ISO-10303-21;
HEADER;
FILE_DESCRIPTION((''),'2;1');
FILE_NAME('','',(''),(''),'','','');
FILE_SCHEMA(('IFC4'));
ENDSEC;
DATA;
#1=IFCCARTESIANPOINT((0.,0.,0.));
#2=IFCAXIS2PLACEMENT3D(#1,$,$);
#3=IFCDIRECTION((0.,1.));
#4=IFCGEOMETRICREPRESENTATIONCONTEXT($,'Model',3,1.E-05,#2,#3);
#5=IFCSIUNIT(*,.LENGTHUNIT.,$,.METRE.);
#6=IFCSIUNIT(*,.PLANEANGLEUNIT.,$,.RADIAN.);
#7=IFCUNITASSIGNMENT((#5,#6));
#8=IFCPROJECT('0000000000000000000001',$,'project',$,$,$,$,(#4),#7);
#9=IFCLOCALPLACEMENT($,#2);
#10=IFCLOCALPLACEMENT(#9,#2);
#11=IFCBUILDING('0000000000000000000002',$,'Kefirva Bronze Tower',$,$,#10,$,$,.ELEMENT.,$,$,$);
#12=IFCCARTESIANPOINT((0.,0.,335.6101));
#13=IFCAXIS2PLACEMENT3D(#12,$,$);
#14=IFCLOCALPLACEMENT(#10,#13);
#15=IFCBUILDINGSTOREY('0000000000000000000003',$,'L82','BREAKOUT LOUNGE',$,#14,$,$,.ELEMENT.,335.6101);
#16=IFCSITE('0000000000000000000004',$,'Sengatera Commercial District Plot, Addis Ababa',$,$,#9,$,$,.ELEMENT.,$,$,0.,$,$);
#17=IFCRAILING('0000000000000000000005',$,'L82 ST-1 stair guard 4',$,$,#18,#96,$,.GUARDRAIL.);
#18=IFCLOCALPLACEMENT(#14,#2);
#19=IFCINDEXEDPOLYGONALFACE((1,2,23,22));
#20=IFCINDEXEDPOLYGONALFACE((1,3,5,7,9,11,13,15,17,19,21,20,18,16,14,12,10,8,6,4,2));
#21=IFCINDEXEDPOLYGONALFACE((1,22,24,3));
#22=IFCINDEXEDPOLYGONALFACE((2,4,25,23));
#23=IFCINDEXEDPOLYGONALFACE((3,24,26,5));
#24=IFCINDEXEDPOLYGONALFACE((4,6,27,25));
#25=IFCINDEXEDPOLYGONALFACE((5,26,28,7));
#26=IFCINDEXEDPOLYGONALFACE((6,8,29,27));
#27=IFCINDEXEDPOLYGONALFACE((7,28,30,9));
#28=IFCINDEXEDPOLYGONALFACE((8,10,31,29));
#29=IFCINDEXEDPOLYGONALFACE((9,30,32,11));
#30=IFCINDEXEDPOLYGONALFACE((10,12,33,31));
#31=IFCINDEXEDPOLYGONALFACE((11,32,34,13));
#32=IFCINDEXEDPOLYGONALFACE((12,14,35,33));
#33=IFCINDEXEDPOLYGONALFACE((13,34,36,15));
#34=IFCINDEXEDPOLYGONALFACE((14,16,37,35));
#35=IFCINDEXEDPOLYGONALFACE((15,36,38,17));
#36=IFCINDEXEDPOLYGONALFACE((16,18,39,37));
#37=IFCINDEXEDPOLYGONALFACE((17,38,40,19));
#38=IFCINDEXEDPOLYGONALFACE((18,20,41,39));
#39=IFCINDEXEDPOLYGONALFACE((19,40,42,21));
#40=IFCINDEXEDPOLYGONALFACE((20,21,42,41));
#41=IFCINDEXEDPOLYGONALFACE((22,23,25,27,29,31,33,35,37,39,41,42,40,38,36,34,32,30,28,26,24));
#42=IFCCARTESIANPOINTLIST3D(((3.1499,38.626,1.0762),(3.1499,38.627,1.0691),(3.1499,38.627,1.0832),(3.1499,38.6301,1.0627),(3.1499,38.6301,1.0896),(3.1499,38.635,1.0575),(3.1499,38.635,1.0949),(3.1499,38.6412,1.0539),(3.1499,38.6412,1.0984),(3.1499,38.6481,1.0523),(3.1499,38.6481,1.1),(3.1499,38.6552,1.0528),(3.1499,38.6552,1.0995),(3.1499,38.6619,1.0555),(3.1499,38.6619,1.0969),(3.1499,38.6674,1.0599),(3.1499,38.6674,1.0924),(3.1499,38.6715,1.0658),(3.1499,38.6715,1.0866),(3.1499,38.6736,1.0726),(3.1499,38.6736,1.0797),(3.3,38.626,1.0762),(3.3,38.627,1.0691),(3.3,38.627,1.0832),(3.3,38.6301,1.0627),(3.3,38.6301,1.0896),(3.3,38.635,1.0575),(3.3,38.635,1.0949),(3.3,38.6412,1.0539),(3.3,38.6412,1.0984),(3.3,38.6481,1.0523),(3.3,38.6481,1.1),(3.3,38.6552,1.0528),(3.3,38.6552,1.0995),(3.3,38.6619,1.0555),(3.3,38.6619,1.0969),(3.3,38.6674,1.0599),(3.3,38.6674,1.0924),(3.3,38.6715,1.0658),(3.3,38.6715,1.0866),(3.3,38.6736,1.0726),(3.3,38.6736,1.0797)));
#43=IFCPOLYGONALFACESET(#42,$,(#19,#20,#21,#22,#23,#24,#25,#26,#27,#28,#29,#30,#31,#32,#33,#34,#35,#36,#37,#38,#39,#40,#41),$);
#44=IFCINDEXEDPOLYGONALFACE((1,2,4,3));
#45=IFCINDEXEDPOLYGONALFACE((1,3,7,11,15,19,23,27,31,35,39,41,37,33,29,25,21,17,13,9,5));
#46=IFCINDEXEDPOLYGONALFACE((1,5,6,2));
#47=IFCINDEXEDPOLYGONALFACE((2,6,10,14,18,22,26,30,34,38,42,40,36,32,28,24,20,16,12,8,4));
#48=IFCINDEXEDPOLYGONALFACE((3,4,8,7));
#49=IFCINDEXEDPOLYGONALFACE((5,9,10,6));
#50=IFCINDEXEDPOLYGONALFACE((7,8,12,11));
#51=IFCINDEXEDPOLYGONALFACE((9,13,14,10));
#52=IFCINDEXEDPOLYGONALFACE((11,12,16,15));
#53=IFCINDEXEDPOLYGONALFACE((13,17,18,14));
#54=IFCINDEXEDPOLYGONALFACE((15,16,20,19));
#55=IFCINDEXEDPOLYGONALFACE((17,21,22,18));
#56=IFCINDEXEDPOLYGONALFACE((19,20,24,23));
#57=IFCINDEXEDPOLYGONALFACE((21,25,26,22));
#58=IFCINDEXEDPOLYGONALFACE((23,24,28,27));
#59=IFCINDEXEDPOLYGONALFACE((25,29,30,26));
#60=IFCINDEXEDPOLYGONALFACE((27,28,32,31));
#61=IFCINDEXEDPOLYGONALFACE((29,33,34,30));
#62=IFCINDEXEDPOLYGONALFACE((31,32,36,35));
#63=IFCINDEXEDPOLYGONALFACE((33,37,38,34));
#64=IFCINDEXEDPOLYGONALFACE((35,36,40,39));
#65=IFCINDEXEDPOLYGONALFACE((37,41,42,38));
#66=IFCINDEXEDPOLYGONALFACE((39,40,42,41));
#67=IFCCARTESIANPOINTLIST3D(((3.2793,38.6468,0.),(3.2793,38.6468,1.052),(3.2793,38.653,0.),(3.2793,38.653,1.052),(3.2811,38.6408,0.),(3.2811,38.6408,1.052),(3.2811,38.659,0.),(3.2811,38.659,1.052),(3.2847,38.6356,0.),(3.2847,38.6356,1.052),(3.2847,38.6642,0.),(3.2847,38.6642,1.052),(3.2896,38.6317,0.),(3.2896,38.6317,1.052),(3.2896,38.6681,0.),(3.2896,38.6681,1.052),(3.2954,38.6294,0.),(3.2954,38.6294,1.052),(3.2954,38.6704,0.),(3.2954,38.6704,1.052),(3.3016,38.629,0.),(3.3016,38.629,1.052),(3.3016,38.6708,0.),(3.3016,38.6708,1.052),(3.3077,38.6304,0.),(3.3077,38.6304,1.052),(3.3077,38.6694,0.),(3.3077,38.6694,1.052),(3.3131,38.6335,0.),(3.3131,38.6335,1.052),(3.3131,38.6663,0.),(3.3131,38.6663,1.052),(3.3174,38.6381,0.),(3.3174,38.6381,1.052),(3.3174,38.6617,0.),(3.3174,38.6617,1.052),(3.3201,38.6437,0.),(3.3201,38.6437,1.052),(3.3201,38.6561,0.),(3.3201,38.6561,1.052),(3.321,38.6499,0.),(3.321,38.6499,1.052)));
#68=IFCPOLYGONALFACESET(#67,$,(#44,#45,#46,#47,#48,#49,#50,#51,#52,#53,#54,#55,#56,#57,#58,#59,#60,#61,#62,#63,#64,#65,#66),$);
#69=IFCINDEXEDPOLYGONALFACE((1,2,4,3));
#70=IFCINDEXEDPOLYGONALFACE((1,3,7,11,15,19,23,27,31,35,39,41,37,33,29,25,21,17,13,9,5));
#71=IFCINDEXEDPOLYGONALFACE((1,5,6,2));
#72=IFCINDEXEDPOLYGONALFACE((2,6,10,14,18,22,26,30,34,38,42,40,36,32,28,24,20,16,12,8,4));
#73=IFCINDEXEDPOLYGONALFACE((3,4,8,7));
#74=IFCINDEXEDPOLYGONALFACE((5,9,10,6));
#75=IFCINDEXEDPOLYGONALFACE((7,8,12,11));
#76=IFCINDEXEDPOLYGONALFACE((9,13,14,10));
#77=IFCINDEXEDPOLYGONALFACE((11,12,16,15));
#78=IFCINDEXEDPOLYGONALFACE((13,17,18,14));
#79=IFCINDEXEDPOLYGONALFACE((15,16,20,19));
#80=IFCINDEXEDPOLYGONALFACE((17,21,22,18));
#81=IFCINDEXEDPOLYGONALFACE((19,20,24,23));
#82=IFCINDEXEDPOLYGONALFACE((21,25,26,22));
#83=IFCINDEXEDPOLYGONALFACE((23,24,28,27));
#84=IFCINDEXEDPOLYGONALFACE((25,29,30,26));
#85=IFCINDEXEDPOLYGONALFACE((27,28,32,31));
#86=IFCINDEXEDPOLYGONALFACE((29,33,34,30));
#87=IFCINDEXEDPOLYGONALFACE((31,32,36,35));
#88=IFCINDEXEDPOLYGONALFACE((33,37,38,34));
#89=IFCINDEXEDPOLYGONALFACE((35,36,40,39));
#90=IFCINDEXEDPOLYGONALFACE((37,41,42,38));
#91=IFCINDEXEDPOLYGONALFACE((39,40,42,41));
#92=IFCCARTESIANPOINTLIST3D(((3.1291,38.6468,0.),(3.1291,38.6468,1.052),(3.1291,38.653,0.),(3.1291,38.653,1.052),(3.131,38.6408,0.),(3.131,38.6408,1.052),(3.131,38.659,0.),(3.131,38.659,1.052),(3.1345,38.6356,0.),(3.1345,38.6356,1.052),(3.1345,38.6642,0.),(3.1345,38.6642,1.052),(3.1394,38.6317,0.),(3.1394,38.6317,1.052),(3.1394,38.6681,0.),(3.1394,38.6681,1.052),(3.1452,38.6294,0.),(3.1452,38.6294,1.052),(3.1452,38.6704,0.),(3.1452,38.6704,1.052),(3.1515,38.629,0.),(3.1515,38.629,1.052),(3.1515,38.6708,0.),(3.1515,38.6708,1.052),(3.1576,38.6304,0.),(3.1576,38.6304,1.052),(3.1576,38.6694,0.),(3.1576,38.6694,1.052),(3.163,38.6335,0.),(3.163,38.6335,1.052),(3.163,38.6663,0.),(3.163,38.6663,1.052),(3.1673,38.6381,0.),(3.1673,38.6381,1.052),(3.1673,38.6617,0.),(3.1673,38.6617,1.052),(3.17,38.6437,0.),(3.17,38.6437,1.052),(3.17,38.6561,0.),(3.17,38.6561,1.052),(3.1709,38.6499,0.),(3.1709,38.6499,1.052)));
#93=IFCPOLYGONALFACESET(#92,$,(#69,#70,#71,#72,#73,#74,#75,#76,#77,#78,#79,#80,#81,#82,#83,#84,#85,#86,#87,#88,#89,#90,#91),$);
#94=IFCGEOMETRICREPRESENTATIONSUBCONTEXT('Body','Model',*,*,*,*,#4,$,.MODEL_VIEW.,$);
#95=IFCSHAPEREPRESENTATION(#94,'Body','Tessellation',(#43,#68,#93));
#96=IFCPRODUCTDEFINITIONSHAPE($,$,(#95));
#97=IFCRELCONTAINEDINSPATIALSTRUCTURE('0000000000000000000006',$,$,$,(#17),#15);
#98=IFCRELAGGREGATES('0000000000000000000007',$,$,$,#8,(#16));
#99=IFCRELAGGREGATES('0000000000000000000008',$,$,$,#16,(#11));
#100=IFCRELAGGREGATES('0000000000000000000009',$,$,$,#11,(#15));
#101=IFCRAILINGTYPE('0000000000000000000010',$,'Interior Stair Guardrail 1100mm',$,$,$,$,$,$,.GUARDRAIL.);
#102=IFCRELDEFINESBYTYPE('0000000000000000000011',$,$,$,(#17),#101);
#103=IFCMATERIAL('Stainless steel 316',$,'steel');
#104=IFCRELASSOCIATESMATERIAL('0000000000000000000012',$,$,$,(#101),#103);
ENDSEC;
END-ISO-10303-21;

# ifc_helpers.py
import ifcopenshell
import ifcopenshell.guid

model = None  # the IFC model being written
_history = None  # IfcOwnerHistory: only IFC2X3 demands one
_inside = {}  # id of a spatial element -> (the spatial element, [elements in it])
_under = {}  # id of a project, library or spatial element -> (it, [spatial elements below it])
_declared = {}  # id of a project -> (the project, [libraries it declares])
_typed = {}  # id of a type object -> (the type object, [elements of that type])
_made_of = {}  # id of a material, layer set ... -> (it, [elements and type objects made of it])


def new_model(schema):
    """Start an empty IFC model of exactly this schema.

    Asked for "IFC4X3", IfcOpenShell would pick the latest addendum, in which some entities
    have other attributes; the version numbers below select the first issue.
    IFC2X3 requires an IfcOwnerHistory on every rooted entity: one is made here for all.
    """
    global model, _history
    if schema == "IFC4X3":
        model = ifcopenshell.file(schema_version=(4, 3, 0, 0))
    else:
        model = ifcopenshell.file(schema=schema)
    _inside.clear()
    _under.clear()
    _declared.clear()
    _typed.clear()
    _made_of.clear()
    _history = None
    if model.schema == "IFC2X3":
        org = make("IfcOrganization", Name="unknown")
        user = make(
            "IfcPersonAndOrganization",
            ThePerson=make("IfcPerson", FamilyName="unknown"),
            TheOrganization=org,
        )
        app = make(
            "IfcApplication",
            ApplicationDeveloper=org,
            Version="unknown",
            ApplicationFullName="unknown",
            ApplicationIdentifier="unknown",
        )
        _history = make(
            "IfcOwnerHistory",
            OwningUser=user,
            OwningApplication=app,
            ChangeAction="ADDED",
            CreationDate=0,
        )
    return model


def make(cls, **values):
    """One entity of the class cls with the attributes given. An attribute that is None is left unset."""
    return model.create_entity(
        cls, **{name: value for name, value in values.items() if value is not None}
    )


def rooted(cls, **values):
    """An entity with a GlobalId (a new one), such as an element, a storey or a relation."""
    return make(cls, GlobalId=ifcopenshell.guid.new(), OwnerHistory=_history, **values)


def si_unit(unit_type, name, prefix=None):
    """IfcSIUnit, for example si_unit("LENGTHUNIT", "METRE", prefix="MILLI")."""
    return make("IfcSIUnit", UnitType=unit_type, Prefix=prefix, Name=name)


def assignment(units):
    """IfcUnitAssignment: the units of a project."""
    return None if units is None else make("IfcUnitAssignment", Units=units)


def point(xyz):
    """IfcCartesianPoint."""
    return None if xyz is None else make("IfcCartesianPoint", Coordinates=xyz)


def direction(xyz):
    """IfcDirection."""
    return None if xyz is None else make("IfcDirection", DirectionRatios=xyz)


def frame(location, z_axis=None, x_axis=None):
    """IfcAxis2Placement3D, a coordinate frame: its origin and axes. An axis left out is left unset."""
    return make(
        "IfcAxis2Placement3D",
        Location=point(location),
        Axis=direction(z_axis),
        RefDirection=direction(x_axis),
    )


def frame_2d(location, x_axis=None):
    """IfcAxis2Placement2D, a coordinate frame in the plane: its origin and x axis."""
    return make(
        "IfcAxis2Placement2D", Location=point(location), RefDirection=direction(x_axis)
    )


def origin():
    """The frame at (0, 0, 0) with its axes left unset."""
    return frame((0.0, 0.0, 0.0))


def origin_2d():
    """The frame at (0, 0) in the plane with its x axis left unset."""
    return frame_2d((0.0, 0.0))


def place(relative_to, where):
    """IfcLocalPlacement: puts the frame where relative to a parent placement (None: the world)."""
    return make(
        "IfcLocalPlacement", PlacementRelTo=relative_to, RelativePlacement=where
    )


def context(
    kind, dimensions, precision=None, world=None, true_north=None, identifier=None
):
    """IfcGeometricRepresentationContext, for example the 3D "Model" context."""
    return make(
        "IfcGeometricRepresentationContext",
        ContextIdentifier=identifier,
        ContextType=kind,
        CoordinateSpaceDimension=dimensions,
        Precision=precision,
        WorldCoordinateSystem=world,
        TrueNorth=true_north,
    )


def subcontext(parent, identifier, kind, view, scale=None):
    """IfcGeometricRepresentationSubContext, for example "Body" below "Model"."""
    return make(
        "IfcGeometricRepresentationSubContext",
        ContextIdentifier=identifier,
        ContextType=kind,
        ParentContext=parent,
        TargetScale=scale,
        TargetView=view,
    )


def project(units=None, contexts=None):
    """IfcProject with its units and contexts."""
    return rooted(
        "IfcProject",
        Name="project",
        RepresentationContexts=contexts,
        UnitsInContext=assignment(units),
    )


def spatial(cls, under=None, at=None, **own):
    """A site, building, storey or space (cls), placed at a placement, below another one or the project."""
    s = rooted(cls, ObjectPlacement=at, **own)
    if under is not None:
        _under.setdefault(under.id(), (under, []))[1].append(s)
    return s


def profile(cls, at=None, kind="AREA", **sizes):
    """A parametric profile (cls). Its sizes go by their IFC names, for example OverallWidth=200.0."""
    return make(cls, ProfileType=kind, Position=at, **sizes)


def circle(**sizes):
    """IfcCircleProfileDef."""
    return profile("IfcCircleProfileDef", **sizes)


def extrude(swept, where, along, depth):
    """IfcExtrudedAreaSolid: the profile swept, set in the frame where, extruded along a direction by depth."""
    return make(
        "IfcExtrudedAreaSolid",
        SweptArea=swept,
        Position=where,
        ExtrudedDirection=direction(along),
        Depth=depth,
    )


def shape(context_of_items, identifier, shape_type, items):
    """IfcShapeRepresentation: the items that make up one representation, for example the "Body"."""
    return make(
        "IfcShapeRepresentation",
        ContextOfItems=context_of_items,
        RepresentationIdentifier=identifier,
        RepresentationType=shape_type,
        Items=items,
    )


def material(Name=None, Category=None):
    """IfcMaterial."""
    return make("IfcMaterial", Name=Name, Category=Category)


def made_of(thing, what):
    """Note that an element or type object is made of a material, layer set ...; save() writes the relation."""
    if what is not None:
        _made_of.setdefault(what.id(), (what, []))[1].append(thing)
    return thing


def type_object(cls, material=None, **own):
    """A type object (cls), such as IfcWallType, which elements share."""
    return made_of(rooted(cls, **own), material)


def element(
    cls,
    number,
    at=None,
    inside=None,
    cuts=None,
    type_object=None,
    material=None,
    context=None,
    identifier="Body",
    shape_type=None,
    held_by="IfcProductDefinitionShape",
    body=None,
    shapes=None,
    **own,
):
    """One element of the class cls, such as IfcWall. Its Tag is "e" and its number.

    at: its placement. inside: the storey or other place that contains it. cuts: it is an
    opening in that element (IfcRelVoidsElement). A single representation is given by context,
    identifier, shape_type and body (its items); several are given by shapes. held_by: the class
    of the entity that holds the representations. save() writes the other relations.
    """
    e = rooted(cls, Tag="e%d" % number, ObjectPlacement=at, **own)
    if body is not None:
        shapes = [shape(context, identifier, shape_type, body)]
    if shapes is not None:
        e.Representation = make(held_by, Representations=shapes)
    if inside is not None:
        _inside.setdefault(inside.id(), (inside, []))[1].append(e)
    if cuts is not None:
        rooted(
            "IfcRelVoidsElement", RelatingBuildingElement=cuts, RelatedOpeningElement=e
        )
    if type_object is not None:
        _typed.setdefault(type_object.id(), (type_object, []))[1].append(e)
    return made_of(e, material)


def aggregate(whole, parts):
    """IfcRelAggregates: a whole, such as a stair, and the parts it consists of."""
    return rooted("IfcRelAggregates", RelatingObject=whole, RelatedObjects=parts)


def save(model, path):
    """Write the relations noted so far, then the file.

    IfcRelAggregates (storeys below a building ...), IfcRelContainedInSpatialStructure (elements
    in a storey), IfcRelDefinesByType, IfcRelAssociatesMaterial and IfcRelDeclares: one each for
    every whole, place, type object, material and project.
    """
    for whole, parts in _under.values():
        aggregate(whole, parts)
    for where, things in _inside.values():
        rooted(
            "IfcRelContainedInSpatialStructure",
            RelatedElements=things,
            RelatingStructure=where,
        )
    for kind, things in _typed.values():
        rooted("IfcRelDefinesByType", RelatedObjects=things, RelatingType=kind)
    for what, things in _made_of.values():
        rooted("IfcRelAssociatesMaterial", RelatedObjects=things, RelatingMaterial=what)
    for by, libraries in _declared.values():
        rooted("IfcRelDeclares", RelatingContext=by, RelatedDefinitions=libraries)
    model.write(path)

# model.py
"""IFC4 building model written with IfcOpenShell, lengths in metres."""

from ifc_helpers import new_model, si_unit, direction, frame, origin, origin_2d, place, context, subcontext, project, spatial, circle, extrude, material, type_object, element, save


model = new_model("IFC4")

# Units and contexts
model_context = context("Model", 3, precision=1e-05, world=origin(), true_north=direction((0.0, 1.0)))
body_context = subcontext(model_context, "Body", "Model", "MODEL_VIEW")
ifc_project = project(units=[si_unit("LENGTHUNIT", "METRE"), si_unit("PLANEANGLEUNIT", "RADIAN")], contexts=[model_context])

# Site, building, storey
site_placement = place(None, origin())
site = spatial("IfcSite", under=ifc_project, at=site_placement, Name="Sengatera Commercial District Plot, Addis Ababa", CompositionType="ELEMENT", RefElevation=0.0)
building_placement = place(site_placement, origin())
building = spatial("IfcBuilding", under=site, at=building_placement, Name="Kefirva Bronze Tower", CompositionType="ELEMENT")
storey_placement = place(building_placement, frame((0.0, 0.0, 335.6101)))
storey = spatial("IfcBuildingStorey", under=building, at=storey_placement, Name="L82", Description="BREAKOUT LOUNGE", CompositionType="ELEMENT", Elevation=335.6101)

# Railing
ifc_material_1 = material(Name="Stainless steel 316", Category="steel")
railing_type_1 = type_object("IfcRailingType", Name="Interior Stair Guardrail 1100mm", PredefinedType="GUARDRAIL", material=ifc_material_1)
railing_1_placement = place(storey_placement, frame((3.3, 38.6499, 0.0)))
element("IfcRailing", 1, at=railing_1_placement, inside=storey, type_object=railing_type_1, Name="L82 ST-1 stair guard 4", PredefinedType="GUARDRAIL", context=body_context, shape_type="SweptSolid", body=[
    extrude(circle(Radius=0.0239, at=origin_2d()), frame((0.0, 0.0, 1.0762), z_axis=(-1.0, 0.0, 0.0), x_axis=(0.0, -1.0, 0.0)), (0.0, 0.0, 1.0), 0.1501),
    extrude(circle(Radius=0.021, at=origin_2d()), origin(), (0.0, 0.0, 1.0), 1.052),
    extrude(circle(Radius=0.021, at=origin_2d()), frame((-0.1501, 0.0, 0.0)), (0.0, 0.0, 1.0), 1.052),
])

save(model, "model.ifc")
